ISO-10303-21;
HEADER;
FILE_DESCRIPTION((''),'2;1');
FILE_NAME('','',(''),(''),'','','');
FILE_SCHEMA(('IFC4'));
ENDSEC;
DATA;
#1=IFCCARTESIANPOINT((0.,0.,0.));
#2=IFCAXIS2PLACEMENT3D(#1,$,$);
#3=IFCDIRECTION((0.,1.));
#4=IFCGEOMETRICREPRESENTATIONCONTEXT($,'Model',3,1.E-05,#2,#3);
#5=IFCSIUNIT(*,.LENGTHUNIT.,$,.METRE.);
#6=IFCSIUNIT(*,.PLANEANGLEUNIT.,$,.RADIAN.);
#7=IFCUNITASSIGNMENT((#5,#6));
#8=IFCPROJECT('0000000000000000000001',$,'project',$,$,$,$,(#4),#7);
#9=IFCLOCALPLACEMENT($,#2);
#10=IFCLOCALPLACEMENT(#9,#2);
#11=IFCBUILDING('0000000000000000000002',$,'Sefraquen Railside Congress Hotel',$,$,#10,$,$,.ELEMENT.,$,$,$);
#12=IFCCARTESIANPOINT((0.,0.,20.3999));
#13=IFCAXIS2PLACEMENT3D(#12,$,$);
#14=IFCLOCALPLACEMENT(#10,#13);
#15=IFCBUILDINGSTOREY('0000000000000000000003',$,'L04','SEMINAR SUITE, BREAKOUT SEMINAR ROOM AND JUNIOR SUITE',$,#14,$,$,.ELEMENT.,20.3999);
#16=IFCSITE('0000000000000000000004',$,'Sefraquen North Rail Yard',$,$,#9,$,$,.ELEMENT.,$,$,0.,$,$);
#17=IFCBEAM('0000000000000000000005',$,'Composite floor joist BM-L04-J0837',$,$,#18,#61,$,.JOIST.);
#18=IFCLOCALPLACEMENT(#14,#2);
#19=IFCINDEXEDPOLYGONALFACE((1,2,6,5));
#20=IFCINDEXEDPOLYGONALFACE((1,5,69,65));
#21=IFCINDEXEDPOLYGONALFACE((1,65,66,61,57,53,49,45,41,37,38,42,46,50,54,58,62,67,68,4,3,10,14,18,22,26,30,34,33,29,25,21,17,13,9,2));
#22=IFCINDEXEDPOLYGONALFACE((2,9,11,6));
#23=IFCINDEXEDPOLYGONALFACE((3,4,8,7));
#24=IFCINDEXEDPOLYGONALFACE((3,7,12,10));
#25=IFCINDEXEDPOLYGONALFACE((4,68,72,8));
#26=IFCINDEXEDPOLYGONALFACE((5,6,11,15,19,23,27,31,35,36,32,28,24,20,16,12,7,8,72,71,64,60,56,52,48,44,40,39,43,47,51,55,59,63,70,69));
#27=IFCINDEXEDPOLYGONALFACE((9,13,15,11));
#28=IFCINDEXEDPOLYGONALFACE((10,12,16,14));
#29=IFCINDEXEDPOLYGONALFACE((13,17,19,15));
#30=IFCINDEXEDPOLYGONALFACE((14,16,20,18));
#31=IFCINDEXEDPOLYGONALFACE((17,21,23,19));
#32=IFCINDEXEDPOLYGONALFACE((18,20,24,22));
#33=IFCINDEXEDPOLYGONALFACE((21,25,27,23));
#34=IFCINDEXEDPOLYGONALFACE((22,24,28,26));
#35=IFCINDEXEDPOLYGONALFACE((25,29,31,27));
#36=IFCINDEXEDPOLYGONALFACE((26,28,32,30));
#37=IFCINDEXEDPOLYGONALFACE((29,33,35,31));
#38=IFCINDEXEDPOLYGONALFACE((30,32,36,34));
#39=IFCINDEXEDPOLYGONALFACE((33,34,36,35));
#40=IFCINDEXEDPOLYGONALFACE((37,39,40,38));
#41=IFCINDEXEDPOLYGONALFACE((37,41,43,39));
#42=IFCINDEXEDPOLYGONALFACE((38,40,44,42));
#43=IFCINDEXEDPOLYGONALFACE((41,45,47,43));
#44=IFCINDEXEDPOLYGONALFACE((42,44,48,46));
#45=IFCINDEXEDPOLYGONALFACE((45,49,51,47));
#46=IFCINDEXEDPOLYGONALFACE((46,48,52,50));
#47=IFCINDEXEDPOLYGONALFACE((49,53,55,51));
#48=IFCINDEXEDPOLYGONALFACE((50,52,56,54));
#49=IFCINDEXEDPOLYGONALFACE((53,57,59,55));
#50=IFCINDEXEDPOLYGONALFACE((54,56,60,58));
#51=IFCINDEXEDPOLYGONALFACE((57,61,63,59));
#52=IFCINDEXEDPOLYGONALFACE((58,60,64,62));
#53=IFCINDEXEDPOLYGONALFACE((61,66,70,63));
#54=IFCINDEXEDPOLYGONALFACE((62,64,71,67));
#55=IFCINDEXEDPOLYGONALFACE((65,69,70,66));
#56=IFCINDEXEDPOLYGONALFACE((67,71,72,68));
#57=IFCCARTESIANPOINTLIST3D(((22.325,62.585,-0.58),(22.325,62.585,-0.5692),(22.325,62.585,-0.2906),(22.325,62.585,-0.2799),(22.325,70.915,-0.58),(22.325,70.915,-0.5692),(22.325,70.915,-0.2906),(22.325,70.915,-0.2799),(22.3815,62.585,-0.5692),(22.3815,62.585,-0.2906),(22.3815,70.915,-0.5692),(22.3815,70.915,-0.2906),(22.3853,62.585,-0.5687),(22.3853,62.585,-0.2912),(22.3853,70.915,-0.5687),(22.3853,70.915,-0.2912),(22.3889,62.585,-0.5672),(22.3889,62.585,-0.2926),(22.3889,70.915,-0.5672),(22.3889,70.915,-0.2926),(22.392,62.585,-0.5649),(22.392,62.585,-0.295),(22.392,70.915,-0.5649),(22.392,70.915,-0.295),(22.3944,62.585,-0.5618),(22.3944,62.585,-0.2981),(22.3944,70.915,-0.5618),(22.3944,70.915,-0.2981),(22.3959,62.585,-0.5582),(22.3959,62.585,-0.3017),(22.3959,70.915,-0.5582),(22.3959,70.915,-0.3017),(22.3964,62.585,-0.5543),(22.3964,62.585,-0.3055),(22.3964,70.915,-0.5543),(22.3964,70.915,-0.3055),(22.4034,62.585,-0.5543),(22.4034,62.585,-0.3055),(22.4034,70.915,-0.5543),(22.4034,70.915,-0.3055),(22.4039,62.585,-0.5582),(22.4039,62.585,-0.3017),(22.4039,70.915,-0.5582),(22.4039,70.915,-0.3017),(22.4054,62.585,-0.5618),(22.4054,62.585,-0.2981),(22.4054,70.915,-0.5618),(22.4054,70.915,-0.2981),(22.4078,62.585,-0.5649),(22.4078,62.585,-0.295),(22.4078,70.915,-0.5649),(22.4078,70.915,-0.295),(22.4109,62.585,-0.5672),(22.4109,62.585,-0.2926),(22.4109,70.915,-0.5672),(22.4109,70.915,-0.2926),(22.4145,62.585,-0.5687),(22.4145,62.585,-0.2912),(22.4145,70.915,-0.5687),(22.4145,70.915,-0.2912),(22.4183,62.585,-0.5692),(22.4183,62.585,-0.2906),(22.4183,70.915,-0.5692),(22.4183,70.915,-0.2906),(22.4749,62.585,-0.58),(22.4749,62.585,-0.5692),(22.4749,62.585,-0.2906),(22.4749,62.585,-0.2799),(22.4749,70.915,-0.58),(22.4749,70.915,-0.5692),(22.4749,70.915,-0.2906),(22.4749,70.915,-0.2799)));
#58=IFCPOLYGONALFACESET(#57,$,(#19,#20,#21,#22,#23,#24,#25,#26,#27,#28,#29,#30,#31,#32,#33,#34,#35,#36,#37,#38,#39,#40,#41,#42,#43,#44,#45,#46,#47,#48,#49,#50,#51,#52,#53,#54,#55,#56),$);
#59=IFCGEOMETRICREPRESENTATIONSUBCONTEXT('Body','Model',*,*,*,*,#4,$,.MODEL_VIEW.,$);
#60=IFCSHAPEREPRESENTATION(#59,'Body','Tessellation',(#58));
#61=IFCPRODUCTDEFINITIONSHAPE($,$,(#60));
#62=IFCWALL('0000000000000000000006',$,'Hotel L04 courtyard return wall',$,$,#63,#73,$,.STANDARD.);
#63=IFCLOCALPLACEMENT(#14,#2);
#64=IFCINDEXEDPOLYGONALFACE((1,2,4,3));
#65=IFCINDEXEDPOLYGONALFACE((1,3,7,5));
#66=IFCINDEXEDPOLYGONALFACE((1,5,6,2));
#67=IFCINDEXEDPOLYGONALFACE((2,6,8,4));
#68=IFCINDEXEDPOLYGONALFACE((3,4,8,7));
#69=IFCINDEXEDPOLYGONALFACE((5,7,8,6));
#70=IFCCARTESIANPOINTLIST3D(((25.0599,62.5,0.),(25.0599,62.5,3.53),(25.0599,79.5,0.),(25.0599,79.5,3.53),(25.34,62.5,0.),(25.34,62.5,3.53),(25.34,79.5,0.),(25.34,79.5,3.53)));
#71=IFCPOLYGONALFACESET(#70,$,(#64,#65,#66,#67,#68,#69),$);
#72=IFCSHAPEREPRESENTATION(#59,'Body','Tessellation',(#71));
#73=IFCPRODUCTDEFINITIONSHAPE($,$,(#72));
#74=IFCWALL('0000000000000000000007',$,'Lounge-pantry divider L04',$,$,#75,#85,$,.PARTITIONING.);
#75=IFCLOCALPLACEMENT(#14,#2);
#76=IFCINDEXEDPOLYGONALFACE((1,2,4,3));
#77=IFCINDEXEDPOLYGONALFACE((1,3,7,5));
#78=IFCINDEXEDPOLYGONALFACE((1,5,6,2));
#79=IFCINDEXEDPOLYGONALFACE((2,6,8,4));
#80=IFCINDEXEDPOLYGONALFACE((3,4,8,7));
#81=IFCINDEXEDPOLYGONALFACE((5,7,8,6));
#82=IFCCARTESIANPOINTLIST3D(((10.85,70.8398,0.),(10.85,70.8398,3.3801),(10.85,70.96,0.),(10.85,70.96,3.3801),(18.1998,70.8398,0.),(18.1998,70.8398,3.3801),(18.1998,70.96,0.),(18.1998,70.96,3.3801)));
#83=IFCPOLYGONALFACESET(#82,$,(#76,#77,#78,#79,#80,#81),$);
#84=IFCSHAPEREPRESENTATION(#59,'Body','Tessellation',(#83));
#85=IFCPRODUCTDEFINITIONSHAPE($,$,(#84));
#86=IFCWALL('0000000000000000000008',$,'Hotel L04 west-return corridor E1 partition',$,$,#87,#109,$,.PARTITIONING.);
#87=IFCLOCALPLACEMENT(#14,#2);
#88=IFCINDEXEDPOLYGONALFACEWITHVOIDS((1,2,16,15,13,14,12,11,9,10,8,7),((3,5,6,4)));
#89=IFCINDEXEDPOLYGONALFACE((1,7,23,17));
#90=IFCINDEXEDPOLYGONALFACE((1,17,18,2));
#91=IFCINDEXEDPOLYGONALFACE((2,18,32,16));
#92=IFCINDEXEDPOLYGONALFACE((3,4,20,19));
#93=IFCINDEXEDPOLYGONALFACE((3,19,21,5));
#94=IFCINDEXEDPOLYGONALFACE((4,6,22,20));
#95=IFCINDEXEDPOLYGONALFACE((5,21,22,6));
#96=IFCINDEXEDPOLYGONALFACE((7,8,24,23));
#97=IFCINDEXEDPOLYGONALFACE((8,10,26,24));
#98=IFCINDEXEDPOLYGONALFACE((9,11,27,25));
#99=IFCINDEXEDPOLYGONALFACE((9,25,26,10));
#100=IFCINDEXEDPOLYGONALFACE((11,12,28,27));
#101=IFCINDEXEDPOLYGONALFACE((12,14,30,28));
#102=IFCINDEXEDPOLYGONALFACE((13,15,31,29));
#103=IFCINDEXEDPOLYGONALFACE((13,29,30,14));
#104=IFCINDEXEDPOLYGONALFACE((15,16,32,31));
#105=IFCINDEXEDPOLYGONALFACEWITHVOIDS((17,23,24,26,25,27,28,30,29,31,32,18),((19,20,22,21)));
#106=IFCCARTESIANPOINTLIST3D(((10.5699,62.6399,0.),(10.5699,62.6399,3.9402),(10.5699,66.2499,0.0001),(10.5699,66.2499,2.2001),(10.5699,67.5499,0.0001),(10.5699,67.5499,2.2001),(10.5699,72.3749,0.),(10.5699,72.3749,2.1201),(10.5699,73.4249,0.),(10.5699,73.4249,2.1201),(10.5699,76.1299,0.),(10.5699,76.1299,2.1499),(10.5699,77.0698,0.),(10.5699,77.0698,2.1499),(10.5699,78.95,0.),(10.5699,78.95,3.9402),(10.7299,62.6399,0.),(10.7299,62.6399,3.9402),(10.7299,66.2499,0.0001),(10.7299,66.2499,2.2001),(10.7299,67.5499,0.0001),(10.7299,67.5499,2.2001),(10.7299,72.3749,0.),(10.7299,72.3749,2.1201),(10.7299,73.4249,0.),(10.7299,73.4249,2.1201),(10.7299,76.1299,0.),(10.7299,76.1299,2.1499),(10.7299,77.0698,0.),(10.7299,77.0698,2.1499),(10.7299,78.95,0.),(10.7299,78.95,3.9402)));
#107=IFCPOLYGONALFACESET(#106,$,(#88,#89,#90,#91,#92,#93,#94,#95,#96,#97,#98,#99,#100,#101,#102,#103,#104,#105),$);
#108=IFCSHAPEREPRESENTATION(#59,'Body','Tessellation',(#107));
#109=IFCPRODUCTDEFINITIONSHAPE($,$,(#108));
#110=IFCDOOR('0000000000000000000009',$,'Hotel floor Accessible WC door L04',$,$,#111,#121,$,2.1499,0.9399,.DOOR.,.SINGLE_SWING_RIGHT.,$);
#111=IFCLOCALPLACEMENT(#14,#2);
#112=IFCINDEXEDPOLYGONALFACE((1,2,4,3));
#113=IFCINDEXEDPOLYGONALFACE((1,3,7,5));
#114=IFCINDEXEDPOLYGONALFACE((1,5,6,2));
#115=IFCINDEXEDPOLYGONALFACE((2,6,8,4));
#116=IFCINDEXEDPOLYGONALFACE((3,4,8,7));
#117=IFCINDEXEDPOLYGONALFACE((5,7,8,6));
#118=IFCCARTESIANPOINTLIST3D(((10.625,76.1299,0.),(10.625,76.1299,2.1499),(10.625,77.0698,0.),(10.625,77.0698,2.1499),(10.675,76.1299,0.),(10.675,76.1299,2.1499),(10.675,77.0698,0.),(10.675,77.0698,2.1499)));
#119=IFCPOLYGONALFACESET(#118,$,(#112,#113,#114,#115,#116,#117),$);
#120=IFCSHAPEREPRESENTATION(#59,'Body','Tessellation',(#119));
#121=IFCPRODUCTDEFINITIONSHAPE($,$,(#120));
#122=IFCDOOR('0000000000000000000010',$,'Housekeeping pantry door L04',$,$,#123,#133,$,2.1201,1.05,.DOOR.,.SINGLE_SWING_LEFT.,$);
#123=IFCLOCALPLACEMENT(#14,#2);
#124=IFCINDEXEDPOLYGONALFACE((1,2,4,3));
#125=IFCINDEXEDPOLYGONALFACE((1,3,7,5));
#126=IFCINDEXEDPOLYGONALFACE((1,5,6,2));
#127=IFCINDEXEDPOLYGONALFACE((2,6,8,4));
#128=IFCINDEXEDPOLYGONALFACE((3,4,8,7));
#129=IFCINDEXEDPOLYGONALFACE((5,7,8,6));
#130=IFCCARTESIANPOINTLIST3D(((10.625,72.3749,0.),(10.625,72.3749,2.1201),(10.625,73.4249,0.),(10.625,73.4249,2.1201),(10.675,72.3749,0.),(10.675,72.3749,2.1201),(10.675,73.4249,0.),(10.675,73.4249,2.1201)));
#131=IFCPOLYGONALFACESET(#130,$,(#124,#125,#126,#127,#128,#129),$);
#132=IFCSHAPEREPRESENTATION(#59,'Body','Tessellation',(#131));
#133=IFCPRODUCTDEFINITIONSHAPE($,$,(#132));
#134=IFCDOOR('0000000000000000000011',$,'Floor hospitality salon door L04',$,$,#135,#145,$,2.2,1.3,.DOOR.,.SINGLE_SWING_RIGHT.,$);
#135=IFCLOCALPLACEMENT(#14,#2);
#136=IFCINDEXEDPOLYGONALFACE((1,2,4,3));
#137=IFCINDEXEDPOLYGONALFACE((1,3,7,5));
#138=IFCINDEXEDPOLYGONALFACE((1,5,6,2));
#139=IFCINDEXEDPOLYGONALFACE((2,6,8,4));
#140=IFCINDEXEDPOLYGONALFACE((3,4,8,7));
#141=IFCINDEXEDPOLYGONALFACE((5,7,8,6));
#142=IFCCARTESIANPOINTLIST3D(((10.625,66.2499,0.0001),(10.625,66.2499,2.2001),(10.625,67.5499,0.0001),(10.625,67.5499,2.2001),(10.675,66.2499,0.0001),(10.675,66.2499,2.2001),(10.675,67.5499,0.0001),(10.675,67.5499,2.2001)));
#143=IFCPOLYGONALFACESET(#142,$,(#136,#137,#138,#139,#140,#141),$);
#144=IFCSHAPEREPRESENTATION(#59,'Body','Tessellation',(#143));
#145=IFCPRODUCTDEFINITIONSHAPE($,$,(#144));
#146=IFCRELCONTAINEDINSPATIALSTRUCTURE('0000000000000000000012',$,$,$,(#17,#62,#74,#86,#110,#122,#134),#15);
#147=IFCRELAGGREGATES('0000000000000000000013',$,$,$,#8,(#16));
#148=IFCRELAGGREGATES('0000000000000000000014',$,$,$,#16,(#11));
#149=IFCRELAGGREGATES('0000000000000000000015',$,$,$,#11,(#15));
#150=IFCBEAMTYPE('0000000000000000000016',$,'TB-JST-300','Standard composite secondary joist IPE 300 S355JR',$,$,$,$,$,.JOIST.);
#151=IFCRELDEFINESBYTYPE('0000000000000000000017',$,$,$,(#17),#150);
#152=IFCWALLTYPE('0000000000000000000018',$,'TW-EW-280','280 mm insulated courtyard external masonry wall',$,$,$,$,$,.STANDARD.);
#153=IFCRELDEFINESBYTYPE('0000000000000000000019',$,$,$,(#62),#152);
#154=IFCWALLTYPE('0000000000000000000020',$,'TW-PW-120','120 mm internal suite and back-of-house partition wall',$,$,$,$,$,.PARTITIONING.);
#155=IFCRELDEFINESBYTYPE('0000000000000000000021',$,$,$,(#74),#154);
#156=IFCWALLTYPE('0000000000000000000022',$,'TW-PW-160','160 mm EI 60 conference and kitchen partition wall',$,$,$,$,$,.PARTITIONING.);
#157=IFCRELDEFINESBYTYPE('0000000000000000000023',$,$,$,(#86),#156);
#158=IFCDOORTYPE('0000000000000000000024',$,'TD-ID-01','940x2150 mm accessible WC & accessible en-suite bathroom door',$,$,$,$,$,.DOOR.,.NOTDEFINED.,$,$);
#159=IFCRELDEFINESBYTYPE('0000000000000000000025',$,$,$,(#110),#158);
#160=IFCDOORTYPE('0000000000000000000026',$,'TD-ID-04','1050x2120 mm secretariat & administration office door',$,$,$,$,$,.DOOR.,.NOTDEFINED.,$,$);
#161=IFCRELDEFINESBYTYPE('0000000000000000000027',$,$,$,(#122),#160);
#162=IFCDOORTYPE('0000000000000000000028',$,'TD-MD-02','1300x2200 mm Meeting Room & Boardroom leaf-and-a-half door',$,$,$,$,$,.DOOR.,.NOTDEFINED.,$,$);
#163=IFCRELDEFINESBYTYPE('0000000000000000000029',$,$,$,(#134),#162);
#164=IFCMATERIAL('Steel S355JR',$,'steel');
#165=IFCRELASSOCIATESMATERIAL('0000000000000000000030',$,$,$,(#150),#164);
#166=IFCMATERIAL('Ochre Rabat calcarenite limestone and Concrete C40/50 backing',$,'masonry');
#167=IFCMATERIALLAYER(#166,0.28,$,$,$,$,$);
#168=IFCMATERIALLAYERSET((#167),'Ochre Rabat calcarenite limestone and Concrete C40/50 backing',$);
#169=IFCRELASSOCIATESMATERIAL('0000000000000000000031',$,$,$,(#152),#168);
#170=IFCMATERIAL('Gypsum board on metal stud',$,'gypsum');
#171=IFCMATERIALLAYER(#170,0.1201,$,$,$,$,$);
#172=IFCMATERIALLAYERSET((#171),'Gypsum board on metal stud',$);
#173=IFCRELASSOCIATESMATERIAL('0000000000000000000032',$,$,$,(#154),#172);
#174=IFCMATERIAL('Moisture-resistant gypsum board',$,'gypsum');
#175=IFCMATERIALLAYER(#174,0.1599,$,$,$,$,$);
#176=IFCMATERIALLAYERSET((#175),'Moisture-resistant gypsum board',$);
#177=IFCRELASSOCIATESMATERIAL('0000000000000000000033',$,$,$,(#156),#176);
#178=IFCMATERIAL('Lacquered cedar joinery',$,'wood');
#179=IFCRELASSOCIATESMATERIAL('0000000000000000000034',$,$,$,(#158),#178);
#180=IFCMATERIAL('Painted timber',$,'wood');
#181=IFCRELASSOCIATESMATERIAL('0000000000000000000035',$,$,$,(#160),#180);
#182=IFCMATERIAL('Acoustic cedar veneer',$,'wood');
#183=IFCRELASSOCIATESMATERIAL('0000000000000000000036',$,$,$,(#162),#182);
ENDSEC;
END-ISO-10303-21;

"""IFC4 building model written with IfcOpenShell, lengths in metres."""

from ifc_helpers import new_model, si_unit, direction, frame, frame_2d, origin, origin_2d, place, context, subcontext, project, spatial, rectangle, i_section, extrude, material, layer, layer_set, material_profile, profile_set, type_object, element, fill, save


model = new_model("IFC4")

# Units and contexts
model_context = context("Model", 3, precision=1e-05, world=origin(), true_north=direction((0.0, 1.0)))
body_context = subcontext(model_context, "Body", "Model", "MODEL_VIEW")
ifc_project = project(units=[si_unit("LENGTHUNIT", "METRE"), si_unit("PLANEANGLEUNIT", "RADIAN")], contexts=[model_context])

# Site, building, storey
site_placement = place(None, origin())
site = spatial("IfcSite", under=ifc_project, at=site_placement, Name="Sefraquen North Rail Yard", CompositionType="ELEMENT", RefElevation=0.0)
building_placement = place(site_placement, origin())
building = spatial("IfcBuilding", under=site, at=building_placement, Name="Sefraquen Railside Congress Hotel", CompositionType="ELEMENT")
storey_placement = place(building_placement, frame((0.0, 0.0, 20.3999)))
storey = spatial("IfcBuildingStorey", under=building, at=storey_placement, Name="L04", Description="SEMINAR SUITE, BREAKOUT SEMINAR ROOM AND JUNIOR SUITE", CompositionType="ELEMENT", Elevation=20.3999)

# Shared definitions
ifc_material_1 = material(Name="Steel S355JR", Category="steel")

# Beam
ifc_material_profile_1 = material_profile(ifc_material_1, i_section(OverallWidth=0.1499, OverallDepth=0.3, WebThickness=0.0071, FlangeThickness=0.0107, FilletRadius=0.0149, at=origin_2d()), Name="IPE 300")
ifc_profile_set_1 = profile_set([ifc_material_profile_1], Name="Steel S355JR")
beam_type_1 = type_object("IfcBeamType", Name="TB-JST-300", Description="Standard composite secondary joist IPE 300 S355JR", PredefinedType="JOIST", material=ifc_profile_set_1)
for number, where, z_axis, x_axis, name in (
    (1, (22.3999, 62.585, -0.4299), (0.0, 1.0, 0.0), (-1.0, 0.0, 0.0), "Composite floor joist BM-L04-J0837"),
):
    element("IfcBeam", number, at=place(storey_placement, frame(where, z_axis=z_axis, x_axis=x_axis)), inside=storey, type_object=beam_type_1, Name=name, PredefinedType="JOIST", context=body_context, shape_type="SweptSolid", body=[
        extrude(i_section(OverallWidth=0.1499, OverallDepth=0.3, WebThickness=0.0071, FlangeThickness=0.0107, FilletRadius=0.0149, at=origin_2d()), origin(), (0.0, 0.0, 1.0), 8.3301),
    ])

# Walls
ifc_material_2 = material(Name="Ochre Rabat calcarenite limestone and Concrete C40/50 backing", Category="masonry")
ifc_layer_1 = layer(ifc_material_2, 0.28)
ifc_layer_set_1 = layer_set([ifc_layer_1], Name="Ochre Rabat calcarenite limestone and Concrete C40/50 backing")
wall_type_1 = type_object("IfcWallType", Name="TW-EW-280", Description="280 mm insulated courtyard external masonry wall", PredefinedType="STANDARD", material=ifc_layer_set_1)
wall_1_placement = place(storey_placement, frame((25.2, 62.5, 0.0), z_axis=(0.0, 0.0, 1.0), x_axis=(0.0, 1.0, 0.0)))
element("IfcWall", 2, at=wall_1_placement, inside=storey, type_object=wall_type_1, Name="Hotel L04 courtyard return wall", PredefinedType="STANDARD", context=body_context, shape_type="SweptSolid", body=[
    extrude(rectangle(XDim=17.0, YDim=0.28, at=frame_2d((8.5, 0.0))), origin(), (0.0, 0.0, 1.0), 3.53),
])
ifc_material_3 = material(Name="Gypsum board on metal stud", Category="gypsum")
ifc_layer_2 = layer(ifc_material_3, 0.1201)
ifc_layer_set_2 = layer_set([ifc_layer_2], Name="Gypsum board on metal stud")
wall_type_2 = type_object("IfcWallType", Name="TW-PW-120", Description="120 mm internal suite and back-of-house partition wall", PredefinedType="PARTITIONING", material=ifc_layer_set_2)
wall_2_placement = place(storey_placement, frame((10.8501, 70.8999, 0.0), z_axis=(0.0, 0.0, 1.0), x_axis=(1.0, 0.0, 0.0)))
element("IfcWall", 3, at=wall_2_placement, inside=storey, type_object=wall_type_2, Name="Lounge-pantry divider L04", PredefinedType="PARTITIONING", context=body_context, shape_type="SweptSolid", body=[
    extrude(rectangle(XDim=7.3499, YDim=0.1201, at=frame_2d((3.6748, 0.0))), origin(), (0.0, 0.0, 1.0), 3.3801),
])

# Wall, openings, doors
ifc_material_4 = material(Name="Moisture-resistant gypsum board", Category="gypsum")
ifc_layer_3 = layer(ifc_material_4, 0.1599)
ifc_layer_set_3 = layer_set([ifc_layer_3], Name="Moisture-resistant gypsum board")
wall_type_3 = type_object("IfcWallType", Name="TW-PW-160", Description="160 mm EI 60 conference and kitchen partition wall", PredefinedType="PARTITIONING", material=ifc_layer_set_3)
wall_3_placement = place(storey_placement, frame((10.6499, 62.6399, 0.0), z_axis=(0.0, 0.0, 1.0), x_axis=(0.0, 1.0, 0.0)))
wall_3 = element("IfcWall", 4, at=wall_3_placement, inside=storey, type_object=wall_type_3, Name="Hotel L04 west-return corridor E1 partition", PredefinedType="PARTITIONING", context=body_context, shape_type="SweptSolid", body=[
    extrude(rectangle(XDim=16.3101, YDim=0.1599, at=frame_2d((8.155, 0.0))), origin(), (0.0, 0.0, 1.0), 3.9402),
])
opening_1_placement = place(wall_3_placement, frame((3.6101, 0.0, 0.0)))
opening_1 = element("IfcOpeningElement", 5, at=opening_1_placement, cuts=wall_3, PredefinedType="OPENING", context=body_context, shape_type="SweptSolid", body=[
    extrude(rectangle(XDim=1.3, YDim=2.2, at=frame_2d((0.6499, 1.1001))), frame((0.0, 0.0898, 0.0), z_axis=(0.0, -1.0, 0.0), x_axis=(1.0, 0.0, 0.0)), (0.0, 0.0, 1.0), 0.1799),
])
opening_2_placement = place(wall_3_placement, frame((9.7351, 0.0, 0.0)))
opening_2 = element("IfcOpeningElement", 6, at=opening_2_placement, cuts=wall_3, PredefinedType="OPENING", context=body_context, shape_type="SweptSolid", body=[
    extrude(rectangle(XDim=1.05, YDim=2.1201, at=frame_2d((0.5249, 1.0601))), frame((0.0, 0.0898, 0.0), z_axis=(0.0, -1.0, 0.0), x_axis=(1.0, 0.0, 0.0)), (0.0, 0.0, 1.0), 0.1799),
])
opening_3_placement = place(wall_3_placement, frame((13.49, 0.0, 0.0)))
opening_3 = element("IfcOpeningElement", 7, at=opening_3_placement, cuts=wall_3, PredefinedType="OPENING", context=body_context, shape_type="SweptSolid", body=[
    extrude(rectangle(XDim=0.9399, YDim=2.1499, at=frame_2d((0.47, 1.075))), frame((0.0, 0.0898, 0.0), z_axis=(0.0, -1.0, 0.0), x_axis=(1.0, 0.0, 0.0)), (0.0, 0.0, 1.0), 0.1799),
])
ifc_material_5 = material(Name="Lacquered cedar joinery", Category="wood")
door_type_1 = type_object("IfcDoorType", Name="TD-ID-01", Description="940x2150 mm accessible WC & accessible en-suite bathroom door", OperationType="NOTDEFINED", PredefinedType="DOOR", material=ifc_material_5)
door_1_placement = place(opening_3_placement, origin())
door_1 = element("IfcDoor", 8, at=door_1_placement, inside=storey, type_object=door_type_1, Name="Hotel floor Accessible WC door L04", OperationType="SINGLE_SWING_RIGHT", OverallHeight=2.1499, OverallWidth=0.9399, PredefinedType="DOOR", context=body_context, shape_type="SweptSolid", body=[
    extrude(rectangle(XDim=0.9399, YDim=2.1499, at=frame_2d((0.47, 1.075))), frame((0.0, 0.0249, 0.0), z_axis=(0.0, -1.0, 0.0), x_axis=(1.0, 0.0, 0.0)), (0.0, 0.0, 1.0), 0.05),
])
fill(opening_3, door_1)
ifc_material_6 = material(Name="Painted timber", Category="wood")
door_type_2 = type_object("IfcDoorType", Name="TD-ID-04", Description="1050x2120 mm secretariat & administration office door", OperationType="NOTDEFINED", PredefinedType="DOOR", material=ifc_material_6)
door_2_placement = place(opening_2_placement, origin())
door_2 = element("IfcDoor", 9, at=door_2_placement, inside=storey, type_object=door_type_2, Name="Housekeeping pantry door L04", OperationType="SINGLE_SWING_LEFT", OverallHeight=2.1201, OverallWidth=1.05, PredefinedType="DOOR", context=body_context, shape_type="SweptSolid", body=[
    extrude(rectangle(XDim=1.05, YDim=2.1201, at=frame_2d((0.5249, 1.0601))), frame((0.0, 0.0249, 0.0), z_axis=(0.0, -1.0, 0.0), x_axis=(1.0, 0.0, 0.0)), (0.0, 0.0, 1.0), 0.05),
])
fill(opening_2, door_2)
ifc_material_7 = material(Name="Acoustic cedar veneer", Category="wood")
door_type_3 = type_object("IfcDoorType", Name="TD-MD-02", Description="1300x2200 mm Meeting Room & Boardroom leaf-and-a-half door", OperationType="NOTDEFINED", PredefinedType="DOOR", material=ifc_material_7)
door_3_placement = place(opening_1_placement, origin())
door_3 = element("IfcDoor", 10, at=door_3_placement, inside=storey, type_object=door_type_3, Name="Floor hospitality salon door L04", OperationType="SINGLE_SWING_RIGHT", OverallHeight=2.2, OverallWidth=1.3, PredefinedType="DOOR", context=body_context, shape_type="SweptSolid", body=[
    extrude(rectangle(XDim=1.3, YDim=2.2, at=frame_2d((0.6499, 1.1001))), frame((0.0, 0.0249, 0.0), z_axis=(0.0, -1.0, 0.0), x_axis=(1.0, 0.0, 0.0)), (0.0, 0.0, 1.0), 0.05),
])
fill(opening_1, door_3)

save(model, "model.ifc")
